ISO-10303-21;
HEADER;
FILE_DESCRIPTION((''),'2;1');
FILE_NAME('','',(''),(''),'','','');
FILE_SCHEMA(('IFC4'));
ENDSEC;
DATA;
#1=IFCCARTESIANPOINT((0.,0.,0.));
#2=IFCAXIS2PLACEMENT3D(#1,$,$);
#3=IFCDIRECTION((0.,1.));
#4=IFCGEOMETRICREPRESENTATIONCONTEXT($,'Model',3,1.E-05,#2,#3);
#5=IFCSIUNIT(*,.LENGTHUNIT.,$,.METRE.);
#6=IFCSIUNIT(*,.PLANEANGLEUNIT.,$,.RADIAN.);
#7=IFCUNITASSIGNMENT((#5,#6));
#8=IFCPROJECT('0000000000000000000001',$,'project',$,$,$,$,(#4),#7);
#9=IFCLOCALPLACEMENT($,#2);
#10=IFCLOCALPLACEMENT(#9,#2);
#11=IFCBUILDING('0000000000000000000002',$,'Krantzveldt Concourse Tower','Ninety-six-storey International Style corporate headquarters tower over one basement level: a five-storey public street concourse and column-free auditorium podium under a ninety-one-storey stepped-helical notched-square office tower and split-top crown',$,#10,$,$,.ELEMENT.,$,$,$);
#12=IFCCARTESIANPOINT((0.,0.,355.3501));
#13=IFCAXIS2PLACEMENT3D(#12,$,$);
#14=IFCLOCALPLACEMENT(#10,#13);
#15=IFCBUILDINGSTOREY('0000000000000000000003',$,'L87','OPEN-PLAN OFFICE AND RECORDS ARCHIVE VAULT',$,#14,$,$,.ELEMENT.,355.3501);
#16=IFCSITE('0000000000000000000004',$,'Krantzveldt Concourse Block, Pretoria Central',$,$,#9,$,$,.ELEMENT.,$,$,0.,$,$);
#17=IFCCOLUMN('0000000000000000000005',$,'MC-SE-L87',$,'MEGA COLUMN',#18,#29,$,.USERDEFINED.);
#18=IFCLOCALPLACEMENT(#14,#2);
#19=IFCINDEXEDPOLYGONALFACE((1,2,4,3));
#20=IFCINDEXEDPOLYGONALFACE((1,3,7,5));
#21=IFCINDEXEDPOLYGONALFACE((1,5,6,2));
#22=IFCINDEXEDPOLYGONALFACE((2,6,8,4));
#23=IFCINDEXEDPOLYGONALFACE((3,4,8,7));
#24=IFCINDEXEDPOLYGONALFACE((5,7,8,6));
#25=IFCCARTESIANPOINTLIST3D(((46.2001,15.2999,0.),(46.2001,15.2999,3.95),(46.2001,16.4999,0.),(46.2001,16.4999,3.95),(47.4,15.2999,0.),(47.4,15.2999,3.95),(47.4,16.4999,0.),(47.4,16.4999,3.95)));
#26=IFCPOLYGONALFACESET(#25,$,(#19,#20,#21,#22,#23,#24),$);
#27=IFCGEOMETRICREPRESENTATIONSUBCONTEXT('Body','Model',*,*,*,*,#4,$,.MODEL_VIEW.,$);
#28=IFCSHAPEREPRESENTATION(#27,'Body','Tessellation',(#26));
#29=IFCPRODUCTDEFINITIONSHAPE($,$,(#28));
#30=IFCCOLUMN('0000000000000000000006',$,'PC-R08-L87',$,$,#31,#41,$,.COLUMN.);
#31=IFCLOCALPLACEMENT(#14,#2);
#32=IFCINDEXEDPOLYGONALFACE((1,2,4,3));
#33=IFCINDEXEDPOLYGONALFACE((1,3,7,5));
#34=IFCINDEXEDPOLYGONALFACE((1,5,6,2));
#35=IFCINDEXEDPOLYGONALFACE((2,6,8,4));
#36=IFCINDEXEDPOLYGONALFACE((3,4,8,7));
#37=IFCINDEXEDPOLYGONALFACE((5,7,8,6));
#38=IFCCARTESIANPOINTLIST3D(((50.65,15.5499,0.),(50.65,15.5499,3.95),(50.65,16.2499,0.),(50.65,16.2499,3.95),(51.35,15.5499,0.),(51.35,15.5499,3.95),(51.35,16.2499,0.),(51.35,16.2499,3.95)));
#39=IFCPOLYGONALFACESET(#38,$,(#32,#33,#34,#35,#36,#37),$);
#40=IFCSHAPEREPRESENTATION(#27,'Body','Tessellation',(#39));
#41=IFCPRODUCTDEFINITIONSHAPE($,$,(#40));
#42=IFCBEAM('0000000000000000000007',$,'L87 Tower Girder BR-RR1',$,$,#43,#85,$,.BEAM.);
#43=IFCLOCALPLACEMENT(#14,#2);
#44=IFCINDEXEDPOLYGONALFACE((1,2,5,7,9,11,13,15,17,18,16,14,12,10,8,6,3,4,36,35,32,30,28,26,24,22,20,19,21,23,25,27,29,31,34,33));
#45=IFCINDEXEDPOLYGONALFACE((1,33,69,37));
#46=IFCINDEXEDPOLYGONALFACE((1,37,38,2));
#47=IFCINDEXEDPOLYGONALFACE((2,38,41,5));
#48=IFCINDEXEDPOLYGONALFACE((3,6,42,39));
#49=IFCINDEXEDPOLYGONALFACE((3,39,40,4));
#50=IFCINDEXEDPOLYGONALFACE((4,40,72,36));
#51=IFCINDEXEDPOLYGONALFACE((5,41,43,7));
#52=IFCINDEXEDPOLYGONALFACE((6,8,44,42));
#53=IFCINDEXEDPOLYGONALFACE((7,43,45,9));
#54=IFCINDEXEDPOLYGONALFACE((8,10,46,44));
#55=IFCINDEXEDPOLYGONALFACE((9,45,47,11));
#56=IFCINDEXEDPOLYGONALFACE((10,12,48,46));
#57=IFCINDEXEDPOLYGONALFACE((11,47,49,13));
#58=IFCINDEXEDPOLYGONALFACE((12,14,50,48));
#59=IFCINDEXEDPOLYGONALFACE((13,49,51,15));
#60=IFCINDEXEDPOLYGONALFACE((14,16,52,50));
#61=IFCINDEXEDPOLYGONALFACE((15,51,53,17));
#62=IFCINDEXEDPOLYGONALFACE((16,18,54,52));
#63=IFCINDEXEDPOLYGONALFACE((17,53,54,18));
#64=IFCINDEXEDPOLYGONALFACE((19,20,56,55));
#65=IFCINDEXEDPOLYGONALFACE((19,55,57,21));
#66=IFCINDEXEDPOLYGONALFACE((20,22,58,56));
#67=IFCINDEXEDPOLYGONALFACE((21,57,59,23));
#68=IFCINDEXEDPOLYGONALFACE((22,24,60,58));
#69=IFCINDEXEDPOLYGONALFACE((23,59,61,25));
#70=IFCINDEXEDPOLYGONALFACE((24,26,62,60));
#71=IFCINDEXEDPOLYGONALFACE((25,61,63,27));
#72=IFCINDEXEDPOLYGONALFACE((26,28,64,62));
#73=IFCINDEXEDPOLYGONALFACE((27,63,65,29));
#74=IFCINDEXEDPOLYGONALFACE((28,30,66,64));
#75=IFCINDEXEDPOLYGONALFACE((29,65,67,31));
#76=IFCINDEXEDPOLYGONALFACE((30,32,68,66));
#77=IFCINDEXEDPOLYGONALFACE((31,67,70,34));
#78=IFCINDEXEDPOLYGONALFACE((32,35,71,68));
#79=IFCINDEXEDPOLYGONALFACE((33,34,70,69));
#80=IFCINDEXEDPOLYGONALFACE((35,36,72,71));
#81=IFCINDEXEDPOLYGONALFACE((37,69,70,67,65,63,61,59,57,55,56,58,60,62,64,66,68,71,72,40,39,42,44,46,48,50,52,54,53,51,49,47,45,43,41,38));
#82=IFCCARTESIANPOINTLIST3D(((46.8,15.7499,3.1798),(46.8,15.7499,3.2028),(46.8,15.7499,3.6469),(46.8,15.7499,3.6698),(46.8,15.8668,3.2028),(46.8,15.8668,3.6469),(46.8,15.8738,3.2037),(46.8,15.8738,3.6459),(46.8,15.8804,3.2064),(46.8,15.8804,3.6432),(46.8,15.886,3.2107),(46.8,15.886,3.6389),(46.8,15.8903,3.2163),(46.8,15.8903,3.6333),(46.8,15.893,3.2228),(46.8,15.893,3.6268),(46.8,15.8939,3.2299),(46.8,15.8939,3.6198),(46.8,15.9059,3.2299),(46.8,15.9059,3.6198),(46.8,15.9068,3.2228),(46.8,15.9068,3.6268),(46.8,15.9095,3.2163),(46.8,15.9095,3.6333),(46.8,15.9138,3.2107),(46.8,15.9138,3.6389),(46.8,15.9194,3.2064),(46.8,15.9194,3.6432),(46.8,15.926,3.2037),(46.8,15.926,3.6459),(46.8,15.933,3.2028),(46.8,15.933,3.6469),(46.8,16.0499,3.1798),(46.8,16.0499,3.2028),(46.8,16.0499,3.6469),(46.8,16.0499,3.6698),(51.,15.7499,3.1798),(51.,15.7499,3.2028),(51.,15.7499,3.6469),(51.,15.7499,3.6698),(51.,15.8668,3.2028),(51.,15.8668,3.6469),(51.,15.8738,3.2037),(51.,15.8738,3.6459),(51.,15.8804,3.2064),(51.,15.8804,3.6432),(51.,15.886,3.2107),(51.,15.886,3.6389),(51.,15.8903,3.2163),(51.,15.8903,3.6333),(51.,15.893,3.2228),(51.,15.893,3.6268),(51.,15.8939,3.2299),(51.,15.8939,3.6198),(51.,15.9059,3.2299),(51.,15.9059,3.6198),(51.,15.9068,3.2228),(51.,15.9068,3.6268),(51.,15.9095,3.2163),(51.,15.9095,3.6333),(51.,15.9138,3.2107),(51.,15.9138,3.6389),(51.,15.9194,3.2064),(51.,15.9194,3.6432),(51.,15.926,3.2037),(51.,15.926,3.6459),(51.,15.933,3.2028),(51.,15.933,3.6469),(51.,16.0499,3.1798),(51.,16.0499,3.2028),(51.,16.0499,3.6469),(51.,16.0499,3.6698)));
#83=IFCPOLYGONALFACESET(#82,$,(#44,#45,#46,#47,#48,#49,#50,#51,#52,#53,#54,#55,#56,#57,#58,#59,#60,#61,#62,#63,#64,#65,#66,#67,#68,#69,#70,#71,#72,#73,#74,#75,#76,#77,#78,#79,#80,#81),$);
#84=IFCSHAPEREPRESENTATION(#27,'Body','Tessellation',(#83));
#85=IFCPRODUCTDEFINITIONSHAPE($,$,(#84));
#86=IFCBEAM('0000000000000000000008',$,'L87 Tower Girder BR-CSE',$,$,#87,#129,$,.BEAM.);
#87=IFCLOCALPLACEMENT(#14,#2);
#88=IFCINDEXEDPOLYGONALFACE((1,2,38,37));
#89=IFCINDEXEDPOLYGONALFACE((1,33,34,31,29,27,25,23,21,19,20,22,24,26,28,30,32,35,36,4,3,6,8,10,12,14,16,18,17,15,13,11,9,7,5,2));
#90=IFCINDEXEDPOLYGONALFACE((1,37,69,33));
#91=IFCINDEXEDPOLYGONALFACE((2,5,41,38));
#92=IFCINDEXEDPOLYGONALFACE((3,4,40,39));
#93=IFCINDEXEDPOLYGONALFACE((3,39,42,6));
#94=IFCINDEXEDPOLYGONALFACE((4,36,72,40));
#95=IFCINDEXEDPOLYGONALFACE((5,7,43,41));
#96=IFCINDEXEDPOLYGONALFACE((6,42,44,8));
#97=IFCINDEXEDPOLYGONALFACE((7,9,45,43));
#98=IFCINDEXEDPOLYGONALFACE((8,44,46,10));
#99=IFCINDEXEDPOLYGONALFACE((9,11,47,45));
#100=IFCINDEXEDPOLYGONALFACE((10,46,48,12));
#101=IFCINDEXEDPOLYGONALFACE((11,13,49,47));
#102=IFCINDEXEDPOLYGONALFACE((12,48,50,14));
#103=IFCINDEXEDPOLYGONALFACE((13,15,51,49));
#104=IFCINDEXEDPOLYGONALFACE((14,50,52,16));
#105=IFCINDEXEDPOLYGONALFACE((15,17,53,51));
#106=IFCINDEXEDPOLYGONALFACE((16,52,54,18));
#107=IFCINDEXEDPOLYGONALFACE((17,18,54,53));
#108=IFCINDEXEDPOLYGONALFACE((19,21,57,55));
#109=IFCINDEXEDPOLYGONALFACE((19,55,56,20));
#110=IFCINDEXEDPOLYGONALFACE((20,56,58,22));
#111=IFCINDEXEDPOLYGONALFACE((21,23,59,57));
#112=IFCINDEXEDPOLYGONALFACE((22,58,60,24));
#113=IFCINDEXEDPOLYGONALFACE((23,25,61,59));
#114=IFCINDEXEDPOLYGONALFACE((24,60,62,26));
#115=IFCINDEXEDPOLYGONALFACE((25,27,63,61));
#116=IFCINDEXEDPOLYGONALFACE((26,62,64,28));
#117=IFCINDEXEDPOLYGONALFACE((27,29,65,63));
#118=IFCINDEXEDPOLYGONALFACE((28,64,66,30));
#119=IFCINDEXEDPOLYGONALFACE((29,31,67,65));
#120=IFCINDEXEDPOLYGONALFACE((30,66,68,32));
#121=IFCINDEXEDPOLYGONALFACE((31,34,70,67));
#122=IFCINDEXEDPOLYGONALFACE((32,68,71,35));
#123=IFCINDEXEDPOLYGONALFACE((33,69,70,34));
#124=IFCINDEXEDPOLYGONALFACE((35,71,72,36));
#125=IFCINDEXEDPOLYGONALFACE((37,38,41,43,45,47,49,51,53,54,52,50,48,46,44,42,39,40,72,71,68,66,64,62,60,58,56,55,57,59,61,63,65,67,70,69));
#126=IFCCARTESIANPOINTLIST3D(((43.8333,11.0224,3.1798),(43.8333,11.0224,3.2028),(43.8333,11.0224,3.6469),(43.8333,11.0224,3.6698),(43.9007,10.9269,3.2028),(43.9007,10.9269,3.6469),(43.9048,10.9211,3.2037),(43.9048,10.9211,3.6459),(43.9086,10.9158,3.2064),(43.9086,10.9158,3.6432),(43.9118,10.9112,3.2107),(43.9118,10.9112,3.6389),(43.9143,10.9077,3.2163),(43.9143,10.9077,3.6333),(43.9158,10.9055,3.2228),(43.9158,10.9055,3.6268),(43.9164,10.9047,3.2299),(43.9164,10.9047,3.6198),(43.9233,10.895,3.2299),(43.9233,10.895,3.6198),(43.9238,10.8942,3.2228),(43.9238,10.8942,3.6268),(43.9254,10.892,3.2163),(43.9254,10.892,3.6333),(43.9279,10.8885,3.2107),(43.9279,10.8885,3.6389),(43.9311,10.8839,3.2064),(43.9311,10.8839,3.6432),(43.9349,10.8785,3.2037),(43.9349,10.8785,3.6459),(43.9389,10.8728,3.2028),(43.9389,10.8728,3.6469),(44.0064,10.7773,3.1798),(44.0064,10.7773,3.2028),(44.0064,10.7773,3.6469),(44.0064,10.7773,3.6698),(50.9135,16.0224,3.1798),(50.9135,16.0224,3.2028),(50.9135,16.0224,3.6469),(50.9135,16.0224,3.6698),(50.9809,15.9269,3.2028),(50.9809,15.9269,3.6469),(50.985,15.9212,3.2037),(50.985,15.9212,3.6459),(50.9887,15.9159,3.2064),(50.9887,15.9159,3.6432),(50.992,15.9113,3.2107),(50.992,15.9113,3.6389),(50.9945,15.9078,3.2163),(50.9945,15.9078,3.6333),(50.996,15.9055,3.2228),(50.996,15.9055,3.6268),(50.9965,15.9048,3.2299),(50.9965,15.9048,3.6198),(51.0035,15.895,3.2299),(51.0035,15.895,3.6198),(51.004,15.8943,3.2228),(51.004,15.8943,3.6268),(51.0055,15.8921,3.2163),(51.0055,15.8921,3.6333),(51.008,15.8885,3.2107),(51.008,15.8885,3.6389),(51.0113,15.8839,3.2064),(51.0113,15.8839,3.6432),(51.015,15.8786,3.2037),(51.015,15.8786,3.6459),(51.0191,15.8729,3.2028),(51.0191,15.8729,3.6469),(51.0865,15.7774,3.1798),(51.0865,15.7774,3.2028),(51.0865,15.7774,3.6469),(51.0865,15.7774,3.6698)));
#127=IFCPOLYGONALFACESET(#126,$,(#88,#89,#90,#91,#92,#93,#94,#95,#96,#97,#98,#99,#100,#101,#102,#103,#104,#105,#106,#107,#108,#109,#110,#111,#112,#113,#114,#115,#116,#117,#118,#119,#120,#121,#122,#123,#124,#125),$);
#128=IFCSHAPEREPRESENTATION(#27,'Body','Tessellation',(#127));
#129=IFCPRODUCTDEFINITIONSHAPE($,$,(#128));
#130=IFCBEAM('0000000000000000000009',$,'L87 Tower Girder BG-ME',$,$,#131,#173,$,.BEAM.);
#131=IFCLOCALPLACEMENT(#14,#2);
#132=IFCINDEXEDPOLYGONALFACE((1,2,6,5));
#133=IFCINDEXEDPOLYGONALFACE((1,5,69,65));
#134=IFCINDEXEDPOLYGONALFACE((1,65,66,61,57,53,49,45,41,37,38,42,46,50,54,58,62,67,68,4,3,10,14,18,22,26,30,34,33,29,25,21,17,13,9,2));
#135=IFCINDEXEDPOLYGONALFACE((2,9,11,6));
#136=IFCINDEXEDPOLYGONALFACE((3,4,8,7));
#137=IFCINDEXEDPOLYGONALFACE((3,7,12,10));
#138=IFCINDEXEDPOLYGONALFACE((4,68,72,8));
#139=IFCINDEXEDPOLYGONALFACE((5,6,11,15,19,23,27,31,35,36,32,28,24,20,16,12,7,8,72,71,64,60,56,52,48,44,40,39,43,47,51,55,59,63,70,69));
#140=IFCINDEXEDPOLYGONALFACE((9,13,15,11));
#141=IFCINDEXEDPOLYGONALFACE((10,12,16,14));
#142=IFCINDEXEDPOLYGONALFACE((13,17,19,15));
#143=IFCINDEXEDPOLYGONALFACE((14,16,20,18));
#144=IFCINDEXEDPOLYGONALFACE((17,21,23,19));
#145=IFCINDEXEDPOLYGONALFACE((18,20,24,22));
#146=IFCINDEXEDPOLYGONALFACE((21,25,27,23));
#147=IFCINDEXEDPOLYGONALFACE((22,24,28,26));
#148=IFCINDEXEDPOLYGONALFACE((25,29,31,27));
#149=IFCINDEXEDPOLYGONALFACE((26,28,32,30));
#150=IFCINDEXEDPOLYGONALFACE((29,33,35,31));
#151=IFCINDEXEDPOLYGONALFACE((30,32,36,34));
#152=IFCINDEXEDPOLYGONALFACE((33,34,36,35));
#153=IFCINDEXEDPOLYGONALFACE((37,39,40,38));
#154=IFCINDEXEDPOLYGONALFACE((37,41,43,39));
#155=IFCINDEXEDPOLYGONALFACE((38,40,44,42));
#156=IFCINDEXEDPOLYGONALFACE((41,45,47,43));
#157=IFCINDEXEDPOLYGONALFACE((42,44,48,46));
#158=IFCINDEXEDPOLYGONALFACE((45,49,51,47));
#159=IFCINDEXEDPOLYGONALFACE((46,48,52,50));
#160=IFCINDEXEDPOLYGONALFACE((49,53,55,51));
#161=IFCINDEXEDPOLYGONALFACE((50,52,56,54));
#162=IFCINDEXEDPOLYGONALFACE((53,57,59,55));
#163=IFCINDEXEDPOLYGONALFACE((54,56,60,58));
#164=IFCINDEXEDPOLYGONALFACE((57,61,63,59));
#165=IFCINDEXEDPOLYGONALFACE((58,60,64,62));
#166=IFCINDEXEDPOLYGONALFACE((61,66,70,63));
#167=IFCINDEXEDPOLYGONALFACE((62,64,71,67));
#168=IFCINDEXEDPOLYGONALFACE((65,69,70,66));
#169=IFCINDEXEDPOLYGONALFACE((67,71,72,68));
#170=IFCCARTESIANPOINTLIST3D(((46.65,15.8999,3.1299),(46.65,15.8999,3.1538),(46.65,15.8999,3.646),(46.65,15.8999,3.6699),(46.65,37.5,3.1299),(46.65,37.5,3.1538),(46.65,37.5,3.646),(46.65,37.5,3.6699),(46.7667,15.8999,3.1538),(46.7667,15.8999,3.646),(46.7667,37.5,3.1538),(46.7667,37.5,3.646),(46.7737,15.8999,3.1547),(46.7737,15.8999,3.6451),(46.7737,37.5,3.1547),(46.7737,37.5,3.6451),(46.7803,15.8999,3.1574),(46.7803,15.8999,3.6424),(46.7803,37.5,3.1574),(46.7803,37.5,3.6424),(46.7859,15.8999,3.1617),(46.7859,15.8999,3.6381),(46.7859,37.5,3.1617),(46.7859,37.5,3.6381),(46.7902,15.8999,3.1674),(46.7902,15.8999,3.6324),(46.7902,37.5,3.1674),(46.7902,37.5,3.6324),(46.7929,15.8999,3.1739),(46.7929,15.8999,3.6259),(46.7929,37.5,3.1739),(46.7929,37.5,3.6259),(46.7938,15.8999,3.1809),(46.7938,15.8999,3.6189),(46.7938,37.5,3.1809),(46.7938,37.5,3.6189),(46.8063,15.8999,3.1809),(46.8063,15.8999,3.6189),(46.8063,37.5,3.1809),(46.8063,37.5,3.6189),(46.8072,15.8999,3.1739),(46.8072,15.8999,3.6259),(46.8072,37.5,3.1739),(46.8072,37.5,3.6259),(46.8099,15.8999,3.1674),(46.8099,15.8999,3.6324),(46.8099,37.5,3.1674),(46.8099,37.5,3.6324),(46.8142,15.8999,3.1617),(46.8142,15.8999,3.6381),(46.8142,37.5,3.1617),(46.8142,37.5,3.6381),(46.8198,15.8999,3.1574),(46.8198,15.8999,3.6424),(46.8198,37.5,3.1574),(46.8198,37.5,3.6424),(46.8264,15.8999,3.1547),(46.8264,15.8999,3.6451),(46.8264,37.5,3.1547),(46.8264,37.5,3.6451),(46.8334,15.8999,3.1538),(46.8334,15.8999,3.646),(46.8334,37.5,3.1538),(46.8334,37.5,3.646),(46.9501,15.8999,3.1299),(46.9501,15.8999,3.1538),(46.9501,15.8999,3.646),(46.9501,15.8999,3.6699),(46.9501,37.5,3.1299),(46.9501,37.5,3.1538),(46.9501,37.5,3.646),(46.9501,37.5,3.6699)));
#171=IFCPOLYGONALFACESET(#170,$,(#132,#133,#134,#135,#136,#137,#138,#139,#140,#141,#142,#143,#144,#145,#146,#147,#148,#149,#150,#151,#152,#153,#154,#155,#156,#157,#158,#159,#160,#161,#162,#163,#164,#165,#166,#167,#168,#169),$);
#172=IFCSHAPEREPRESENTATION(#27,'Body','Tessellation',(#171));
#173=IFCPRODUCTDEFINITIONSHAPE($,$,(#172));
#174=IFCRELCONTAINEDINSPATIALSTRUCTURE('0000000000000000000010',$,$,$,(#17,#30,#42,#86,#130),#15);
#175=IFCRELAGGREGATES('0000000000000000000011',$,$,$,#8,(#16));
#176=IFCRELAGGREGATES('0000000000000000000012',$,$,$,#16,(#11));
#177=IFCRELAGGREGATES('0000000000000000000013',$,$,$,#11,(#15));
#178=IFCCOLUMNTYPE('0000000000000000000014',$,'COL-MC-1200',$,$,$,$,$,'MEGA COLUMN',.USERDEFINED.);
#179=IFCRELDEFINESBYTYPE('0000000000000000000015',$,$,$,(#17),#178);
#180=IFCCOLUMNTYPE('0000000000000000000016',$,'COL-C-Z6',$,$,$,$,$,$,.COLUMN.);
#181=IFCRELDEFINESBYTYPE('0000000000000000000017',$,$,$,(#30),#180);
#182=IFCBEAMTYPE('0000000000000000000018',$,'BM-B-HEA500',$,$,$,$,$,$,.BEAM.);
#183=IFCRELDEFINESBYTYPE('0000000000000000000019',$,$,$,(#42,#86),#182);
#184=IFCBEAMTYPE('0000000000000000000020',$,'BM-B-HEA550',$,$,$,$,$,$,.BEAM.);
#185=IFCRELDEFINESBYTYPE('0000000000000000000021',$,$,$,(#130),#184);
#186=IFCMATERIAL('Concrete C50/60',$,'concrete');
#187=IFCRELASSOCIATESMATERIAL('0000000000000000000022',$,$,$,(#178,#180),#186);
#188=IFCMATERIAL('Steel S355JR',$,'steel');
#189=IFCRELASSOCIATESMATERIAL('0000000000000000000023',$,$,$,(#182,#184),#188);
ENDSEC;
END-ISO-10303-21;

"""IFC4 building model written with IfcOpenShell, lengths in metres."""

from ifc_helpers import new_model, si_unit, direction, frame, origin, origin_2d, place, context, subcontext, project, spatial, rectangle, i_section, extrude, source, transform, mapped, material, material_profile, profile_set, type_object, type_shapes, element, save


model = new_model("IFC4")

# Units and contexts
model_context = context("Model", 3, precision=1e-05, world=origin(), true_north=direction((0.0, 1.0)))
body_context = subcontext(model_context, "Body", "Model", "MODEL_VIEW")
ifc_project = project(units=[si_unit("LENGTHUNIT", "METRE"), si_unit("PLANEANGLEUNIT", "RADIAN")], contexts=[model_context])

# Site, building, storey
site_placement = place(None, origin())
site = spatial("IfcSite", under=ifc_project, at=site_placement, Name="Krantzveldt Concourse Block, Pretoria Central", CompositionType="ELEMENT", RefElevation=0.0)
building_placement = place(site_placement, origin())
building = spatial("IfcBuilding", under=site, at=building_placement, Name="Krantzveldt Concourse Tower", Description="Ninety-six-storey International Style corporate headquarters tower over one basement level: a five-storey public street concourse and column-free auditorium podium under a ninety-one-storey stepped-helical notched-square office tower and split-top crown", CompositionType="ELEMENT")
storey_placement = place(building_placement, frame((0.0, 0.0, 355.3501)))
storey = spatial("IfcBuildingStorey", under=building, at=storey_placement, Name="L87", Description="OPEN-PLAN OFFICE AND RECORDS ARCHIVE VAULT", CompositionType="ELEMENT", Elevation=355.3501)

# Columns
ifc_material_1 = material(Name="Concrete C50/60", Category="concrete")
ifc_material_profile_1 = material_profile(ifc_material_1, rectangle(XDim=1.2, YDim=1.2, at=origin_2d()), Name="Concrete C50/60", Category="concrete")
ifc_profile_set_1 = profile_set([ifc_material_profile_1], Name="Concrete C50/60 - RC 1200x1200")
column_type_1 = type_object("IfcColumnType", Name="COL-MC-1200", ElementType="MEGA COLUMN", PredefinedType="USERDEFINED", material=ifc_profile_set_1)
shared_shape_1 = source(origin(), body_context, "Body", "SweptSolid", [
    extrude(rectangle(XDim=1.2, YDim=1.2, at=origin_2d()), origin(), (0.0, 0.0, 1.0), 3.95),
])
type_shapes(column_type_1, [shared_shape_1])
column_1_placement = place(storey_placement, frame((46.8, 15.8999, 0.0), z_axis=(0.0, 0.0, 1.0), x_axis=(1.0, 0.0, 0.0)))
element("IfcColumn", 1, at=column_1_placement, inside=storey, type_object=column_type_1, Name="MC-SE-L87", ObjectType="MEGA COLUMN", PredefinedType="USERDEFINED", context=body_context, shape_type="MappedRepresentation", body=[
    mapped(shared_shape_1, transform((0.0, 0.0, 0.0), x_axis=(1.0, 0.0, 0.0), y_axis=(0.0, 1.0, 0.0), z_axis=(0.0, 0.0, 1.0), scale=1.0)),
])
ifc_material_profile_2 = material_profile(ifc_material_1, rectangle(XDim=0.7, YDim=0.7, at=origin_2d()), Name="Concrete C50/60", Category="concrete")
ifc_profile_set_2 = profile_set([ifc_material_profile_2], Name="Concrete C50/60 - RC 700x700")
column_type_2 = type_object("IfcColumnType", Name="COL-C-Z6", PredefinedType="COLUMN", material=ifc_profile_set_2)
shared_shape_2 = source(origin(), body_context, "Body", "SweptSolid", [
    extrude(rectangle(XDim=0.7, YDim=0.7, at=origin_2d()), origin(), (0.0, 0.0, 1.0), 3.95),
])
type_shapes(column_type_2, [shared_shape_2])
column_2_placement = place(storey_placement, frame((51.0, 15.8999, 0.0), z_axis=(0.0, 0.0, 1.0), x_axis=(1.0, 0.0, 0.0)))
element("IfcColumn", 2, at=column_2_placement, inside=storey, type_object=column_type_2, Name="PC-R08-L87", PredefinedType="COLUMN", context=body_context, shape_type="MappedRepresentation", body=[
    mapped(shared_shape_2, transform((0.0, 0.0, 0.0), x_axis=(1.0, 0.0, 0.0), y_axis=(0.0, 1.0, 0.0), z_axis=(0.0, 0.0, 1.0), scale=1.0)),
])

# Beams
ifc_material_2 = material(Name="Steel S355JR", Category="steel")
ifc_material_profile_3 = material_profile(ifc_material_2, i_section(OverallWidth=0.3, OverallDepth=0.49, WebThickness=0.012, FlangeThickness=0.0229, FilletRadius=0.0271, at=origin_2d()), Name="Steel S355JR", Category="steel")
ifc_profile_set_3 = profile_set([ifc_material_profile_3], Name="Steel S355JR - HEA 500")
beam_type_1 = type_object("IfcBeamType", Name="BM-B-HEA500", PredefinedType="BEAM", material=ifc_profile_set_3)
shared_shape_3 = source(origin(), body_context, "Body", "SweptSolid", [
    extrude(i_section(OverallWidth=0.3, OverallDepth=0.49, WebThickness=0.012, FlangeThickness=0.0229, FilletRadius=0.0271, at=origin_2d()), origin(), (0.0, 0.0, 1.0), 4.2),
])
beam_1_placement = place(storey_placement, frame((46.8, 15.8999, 3.4248), z_axis=(1.0, 0.0, 0.0), x_axis=(0.0, 1.0, 0.0)))
element("IfcBeam", 3, at=beam_1_placement, inside=storey, type_object=beam_type_1, Name="L87 Tower Girder BR-RR1", PredefinedType="BEAM", context=body_context, shape_type="MappedRepresentation", body=[
    mapped(shared_shape_3, transform((0.0, 0.0, 0.0), x_axis=(1.0, 0.0, 0.0), y_axis=(0.0, 1.0, 0.0), z_axis=(0.0, 0.0, 1.0), scale=1.0)),
])
shared_shape_4 = source(origin(), body_context, "Body", "SweptSolid", [
    extrude(i_section(OverallWidth=0.3, OverallDepth=0.49, WebThickness=0.012, FlangeThickness=0.0229, FilletRadius=0.0271, at=origin_2d()), origin(), (0.0, 0.0, 1.0), 8.6677),
])
type_shapes(beam_type_1, [shared_shape_3, shared_shape_4])
beam_2_placement = place(storey_placement, frame((51.0, 15.8999, 3.4248), z_axis=(-0.816843, -0.57686, 0.0), x_axis=(0.57686, -0.816843, 0.0)))
element("IfcBeam", 4, at=beam_2_placement, inside=storey, type_object=beam_type_1, Name="L87 Tower Girder BR-CSE", PredefinedType="BEAM", context=body_context, shape_type="MappedRepresentation", body=[
    mapped(shared_shape_4, transform((0.0, 0.0, 0.0), x_axis=(1.0, 0.0, 0.0), y_axis=(0.0, 1.0, 0.0), z_axis=(0.0, 0.0, 1.0), scale=1.0)),
])
ifc_material_profile_4 = material_profile(ifc_material_2, i_section(OverallWidth=0.3, OverallDepth=0.54, WebThickness=0.0125, FlangeThickness=0.0239, FilletRadius=0.0271, at=origin_2d()), Name="Steel S355JR", Category="steel")
ifc_profile_set_4 = profile_set([ifc_material_profile_4], Name="Steel S355JR - HEA 550")
beam_type_2 = type_object("IfcBeamType", Name="BM-B-HEA550", PredefinedType="BEAM", material=ifc_profile_set_4)
shared_shape_5 = source(origin(), body_context, "Body", "SweptSolid", [
    extrude(i_section(OverallWidth=0.3, OverallDepth=0.54, WebThickness=0.0125, FlangeThickness=0.0239, FilletRadius=0.0271, at=origin_2d()), origin(), (0.0, 0.0, 1.0), 21.6001),
])
beam_3_placement = place(storey_placement, frame((46.8, 15.8999, 3.3999), z_axis=(0.0, 1.0, 0.0), x_axis=(-1.0, 0.0, 0.0)))
element("IfcBeam", 5, at=beam_3_placement, inside=storey, type_object=beam_type_2, Name="L87 Tower Girder BG-ME", PredefinedType="BEAM", context=body_context, shape_type="MappedRepresentation", body=[
    mapped(shared_shape_5, transform((0.0, 0.0, 0.0), x_axis=(1.0, 0.0, 0.0), y_axis=(0.0, 1.0, 0.0), z_axis=(0.0, 0.0, 1.0), scale=1.0)),
])

save(model, "model.ifc")
